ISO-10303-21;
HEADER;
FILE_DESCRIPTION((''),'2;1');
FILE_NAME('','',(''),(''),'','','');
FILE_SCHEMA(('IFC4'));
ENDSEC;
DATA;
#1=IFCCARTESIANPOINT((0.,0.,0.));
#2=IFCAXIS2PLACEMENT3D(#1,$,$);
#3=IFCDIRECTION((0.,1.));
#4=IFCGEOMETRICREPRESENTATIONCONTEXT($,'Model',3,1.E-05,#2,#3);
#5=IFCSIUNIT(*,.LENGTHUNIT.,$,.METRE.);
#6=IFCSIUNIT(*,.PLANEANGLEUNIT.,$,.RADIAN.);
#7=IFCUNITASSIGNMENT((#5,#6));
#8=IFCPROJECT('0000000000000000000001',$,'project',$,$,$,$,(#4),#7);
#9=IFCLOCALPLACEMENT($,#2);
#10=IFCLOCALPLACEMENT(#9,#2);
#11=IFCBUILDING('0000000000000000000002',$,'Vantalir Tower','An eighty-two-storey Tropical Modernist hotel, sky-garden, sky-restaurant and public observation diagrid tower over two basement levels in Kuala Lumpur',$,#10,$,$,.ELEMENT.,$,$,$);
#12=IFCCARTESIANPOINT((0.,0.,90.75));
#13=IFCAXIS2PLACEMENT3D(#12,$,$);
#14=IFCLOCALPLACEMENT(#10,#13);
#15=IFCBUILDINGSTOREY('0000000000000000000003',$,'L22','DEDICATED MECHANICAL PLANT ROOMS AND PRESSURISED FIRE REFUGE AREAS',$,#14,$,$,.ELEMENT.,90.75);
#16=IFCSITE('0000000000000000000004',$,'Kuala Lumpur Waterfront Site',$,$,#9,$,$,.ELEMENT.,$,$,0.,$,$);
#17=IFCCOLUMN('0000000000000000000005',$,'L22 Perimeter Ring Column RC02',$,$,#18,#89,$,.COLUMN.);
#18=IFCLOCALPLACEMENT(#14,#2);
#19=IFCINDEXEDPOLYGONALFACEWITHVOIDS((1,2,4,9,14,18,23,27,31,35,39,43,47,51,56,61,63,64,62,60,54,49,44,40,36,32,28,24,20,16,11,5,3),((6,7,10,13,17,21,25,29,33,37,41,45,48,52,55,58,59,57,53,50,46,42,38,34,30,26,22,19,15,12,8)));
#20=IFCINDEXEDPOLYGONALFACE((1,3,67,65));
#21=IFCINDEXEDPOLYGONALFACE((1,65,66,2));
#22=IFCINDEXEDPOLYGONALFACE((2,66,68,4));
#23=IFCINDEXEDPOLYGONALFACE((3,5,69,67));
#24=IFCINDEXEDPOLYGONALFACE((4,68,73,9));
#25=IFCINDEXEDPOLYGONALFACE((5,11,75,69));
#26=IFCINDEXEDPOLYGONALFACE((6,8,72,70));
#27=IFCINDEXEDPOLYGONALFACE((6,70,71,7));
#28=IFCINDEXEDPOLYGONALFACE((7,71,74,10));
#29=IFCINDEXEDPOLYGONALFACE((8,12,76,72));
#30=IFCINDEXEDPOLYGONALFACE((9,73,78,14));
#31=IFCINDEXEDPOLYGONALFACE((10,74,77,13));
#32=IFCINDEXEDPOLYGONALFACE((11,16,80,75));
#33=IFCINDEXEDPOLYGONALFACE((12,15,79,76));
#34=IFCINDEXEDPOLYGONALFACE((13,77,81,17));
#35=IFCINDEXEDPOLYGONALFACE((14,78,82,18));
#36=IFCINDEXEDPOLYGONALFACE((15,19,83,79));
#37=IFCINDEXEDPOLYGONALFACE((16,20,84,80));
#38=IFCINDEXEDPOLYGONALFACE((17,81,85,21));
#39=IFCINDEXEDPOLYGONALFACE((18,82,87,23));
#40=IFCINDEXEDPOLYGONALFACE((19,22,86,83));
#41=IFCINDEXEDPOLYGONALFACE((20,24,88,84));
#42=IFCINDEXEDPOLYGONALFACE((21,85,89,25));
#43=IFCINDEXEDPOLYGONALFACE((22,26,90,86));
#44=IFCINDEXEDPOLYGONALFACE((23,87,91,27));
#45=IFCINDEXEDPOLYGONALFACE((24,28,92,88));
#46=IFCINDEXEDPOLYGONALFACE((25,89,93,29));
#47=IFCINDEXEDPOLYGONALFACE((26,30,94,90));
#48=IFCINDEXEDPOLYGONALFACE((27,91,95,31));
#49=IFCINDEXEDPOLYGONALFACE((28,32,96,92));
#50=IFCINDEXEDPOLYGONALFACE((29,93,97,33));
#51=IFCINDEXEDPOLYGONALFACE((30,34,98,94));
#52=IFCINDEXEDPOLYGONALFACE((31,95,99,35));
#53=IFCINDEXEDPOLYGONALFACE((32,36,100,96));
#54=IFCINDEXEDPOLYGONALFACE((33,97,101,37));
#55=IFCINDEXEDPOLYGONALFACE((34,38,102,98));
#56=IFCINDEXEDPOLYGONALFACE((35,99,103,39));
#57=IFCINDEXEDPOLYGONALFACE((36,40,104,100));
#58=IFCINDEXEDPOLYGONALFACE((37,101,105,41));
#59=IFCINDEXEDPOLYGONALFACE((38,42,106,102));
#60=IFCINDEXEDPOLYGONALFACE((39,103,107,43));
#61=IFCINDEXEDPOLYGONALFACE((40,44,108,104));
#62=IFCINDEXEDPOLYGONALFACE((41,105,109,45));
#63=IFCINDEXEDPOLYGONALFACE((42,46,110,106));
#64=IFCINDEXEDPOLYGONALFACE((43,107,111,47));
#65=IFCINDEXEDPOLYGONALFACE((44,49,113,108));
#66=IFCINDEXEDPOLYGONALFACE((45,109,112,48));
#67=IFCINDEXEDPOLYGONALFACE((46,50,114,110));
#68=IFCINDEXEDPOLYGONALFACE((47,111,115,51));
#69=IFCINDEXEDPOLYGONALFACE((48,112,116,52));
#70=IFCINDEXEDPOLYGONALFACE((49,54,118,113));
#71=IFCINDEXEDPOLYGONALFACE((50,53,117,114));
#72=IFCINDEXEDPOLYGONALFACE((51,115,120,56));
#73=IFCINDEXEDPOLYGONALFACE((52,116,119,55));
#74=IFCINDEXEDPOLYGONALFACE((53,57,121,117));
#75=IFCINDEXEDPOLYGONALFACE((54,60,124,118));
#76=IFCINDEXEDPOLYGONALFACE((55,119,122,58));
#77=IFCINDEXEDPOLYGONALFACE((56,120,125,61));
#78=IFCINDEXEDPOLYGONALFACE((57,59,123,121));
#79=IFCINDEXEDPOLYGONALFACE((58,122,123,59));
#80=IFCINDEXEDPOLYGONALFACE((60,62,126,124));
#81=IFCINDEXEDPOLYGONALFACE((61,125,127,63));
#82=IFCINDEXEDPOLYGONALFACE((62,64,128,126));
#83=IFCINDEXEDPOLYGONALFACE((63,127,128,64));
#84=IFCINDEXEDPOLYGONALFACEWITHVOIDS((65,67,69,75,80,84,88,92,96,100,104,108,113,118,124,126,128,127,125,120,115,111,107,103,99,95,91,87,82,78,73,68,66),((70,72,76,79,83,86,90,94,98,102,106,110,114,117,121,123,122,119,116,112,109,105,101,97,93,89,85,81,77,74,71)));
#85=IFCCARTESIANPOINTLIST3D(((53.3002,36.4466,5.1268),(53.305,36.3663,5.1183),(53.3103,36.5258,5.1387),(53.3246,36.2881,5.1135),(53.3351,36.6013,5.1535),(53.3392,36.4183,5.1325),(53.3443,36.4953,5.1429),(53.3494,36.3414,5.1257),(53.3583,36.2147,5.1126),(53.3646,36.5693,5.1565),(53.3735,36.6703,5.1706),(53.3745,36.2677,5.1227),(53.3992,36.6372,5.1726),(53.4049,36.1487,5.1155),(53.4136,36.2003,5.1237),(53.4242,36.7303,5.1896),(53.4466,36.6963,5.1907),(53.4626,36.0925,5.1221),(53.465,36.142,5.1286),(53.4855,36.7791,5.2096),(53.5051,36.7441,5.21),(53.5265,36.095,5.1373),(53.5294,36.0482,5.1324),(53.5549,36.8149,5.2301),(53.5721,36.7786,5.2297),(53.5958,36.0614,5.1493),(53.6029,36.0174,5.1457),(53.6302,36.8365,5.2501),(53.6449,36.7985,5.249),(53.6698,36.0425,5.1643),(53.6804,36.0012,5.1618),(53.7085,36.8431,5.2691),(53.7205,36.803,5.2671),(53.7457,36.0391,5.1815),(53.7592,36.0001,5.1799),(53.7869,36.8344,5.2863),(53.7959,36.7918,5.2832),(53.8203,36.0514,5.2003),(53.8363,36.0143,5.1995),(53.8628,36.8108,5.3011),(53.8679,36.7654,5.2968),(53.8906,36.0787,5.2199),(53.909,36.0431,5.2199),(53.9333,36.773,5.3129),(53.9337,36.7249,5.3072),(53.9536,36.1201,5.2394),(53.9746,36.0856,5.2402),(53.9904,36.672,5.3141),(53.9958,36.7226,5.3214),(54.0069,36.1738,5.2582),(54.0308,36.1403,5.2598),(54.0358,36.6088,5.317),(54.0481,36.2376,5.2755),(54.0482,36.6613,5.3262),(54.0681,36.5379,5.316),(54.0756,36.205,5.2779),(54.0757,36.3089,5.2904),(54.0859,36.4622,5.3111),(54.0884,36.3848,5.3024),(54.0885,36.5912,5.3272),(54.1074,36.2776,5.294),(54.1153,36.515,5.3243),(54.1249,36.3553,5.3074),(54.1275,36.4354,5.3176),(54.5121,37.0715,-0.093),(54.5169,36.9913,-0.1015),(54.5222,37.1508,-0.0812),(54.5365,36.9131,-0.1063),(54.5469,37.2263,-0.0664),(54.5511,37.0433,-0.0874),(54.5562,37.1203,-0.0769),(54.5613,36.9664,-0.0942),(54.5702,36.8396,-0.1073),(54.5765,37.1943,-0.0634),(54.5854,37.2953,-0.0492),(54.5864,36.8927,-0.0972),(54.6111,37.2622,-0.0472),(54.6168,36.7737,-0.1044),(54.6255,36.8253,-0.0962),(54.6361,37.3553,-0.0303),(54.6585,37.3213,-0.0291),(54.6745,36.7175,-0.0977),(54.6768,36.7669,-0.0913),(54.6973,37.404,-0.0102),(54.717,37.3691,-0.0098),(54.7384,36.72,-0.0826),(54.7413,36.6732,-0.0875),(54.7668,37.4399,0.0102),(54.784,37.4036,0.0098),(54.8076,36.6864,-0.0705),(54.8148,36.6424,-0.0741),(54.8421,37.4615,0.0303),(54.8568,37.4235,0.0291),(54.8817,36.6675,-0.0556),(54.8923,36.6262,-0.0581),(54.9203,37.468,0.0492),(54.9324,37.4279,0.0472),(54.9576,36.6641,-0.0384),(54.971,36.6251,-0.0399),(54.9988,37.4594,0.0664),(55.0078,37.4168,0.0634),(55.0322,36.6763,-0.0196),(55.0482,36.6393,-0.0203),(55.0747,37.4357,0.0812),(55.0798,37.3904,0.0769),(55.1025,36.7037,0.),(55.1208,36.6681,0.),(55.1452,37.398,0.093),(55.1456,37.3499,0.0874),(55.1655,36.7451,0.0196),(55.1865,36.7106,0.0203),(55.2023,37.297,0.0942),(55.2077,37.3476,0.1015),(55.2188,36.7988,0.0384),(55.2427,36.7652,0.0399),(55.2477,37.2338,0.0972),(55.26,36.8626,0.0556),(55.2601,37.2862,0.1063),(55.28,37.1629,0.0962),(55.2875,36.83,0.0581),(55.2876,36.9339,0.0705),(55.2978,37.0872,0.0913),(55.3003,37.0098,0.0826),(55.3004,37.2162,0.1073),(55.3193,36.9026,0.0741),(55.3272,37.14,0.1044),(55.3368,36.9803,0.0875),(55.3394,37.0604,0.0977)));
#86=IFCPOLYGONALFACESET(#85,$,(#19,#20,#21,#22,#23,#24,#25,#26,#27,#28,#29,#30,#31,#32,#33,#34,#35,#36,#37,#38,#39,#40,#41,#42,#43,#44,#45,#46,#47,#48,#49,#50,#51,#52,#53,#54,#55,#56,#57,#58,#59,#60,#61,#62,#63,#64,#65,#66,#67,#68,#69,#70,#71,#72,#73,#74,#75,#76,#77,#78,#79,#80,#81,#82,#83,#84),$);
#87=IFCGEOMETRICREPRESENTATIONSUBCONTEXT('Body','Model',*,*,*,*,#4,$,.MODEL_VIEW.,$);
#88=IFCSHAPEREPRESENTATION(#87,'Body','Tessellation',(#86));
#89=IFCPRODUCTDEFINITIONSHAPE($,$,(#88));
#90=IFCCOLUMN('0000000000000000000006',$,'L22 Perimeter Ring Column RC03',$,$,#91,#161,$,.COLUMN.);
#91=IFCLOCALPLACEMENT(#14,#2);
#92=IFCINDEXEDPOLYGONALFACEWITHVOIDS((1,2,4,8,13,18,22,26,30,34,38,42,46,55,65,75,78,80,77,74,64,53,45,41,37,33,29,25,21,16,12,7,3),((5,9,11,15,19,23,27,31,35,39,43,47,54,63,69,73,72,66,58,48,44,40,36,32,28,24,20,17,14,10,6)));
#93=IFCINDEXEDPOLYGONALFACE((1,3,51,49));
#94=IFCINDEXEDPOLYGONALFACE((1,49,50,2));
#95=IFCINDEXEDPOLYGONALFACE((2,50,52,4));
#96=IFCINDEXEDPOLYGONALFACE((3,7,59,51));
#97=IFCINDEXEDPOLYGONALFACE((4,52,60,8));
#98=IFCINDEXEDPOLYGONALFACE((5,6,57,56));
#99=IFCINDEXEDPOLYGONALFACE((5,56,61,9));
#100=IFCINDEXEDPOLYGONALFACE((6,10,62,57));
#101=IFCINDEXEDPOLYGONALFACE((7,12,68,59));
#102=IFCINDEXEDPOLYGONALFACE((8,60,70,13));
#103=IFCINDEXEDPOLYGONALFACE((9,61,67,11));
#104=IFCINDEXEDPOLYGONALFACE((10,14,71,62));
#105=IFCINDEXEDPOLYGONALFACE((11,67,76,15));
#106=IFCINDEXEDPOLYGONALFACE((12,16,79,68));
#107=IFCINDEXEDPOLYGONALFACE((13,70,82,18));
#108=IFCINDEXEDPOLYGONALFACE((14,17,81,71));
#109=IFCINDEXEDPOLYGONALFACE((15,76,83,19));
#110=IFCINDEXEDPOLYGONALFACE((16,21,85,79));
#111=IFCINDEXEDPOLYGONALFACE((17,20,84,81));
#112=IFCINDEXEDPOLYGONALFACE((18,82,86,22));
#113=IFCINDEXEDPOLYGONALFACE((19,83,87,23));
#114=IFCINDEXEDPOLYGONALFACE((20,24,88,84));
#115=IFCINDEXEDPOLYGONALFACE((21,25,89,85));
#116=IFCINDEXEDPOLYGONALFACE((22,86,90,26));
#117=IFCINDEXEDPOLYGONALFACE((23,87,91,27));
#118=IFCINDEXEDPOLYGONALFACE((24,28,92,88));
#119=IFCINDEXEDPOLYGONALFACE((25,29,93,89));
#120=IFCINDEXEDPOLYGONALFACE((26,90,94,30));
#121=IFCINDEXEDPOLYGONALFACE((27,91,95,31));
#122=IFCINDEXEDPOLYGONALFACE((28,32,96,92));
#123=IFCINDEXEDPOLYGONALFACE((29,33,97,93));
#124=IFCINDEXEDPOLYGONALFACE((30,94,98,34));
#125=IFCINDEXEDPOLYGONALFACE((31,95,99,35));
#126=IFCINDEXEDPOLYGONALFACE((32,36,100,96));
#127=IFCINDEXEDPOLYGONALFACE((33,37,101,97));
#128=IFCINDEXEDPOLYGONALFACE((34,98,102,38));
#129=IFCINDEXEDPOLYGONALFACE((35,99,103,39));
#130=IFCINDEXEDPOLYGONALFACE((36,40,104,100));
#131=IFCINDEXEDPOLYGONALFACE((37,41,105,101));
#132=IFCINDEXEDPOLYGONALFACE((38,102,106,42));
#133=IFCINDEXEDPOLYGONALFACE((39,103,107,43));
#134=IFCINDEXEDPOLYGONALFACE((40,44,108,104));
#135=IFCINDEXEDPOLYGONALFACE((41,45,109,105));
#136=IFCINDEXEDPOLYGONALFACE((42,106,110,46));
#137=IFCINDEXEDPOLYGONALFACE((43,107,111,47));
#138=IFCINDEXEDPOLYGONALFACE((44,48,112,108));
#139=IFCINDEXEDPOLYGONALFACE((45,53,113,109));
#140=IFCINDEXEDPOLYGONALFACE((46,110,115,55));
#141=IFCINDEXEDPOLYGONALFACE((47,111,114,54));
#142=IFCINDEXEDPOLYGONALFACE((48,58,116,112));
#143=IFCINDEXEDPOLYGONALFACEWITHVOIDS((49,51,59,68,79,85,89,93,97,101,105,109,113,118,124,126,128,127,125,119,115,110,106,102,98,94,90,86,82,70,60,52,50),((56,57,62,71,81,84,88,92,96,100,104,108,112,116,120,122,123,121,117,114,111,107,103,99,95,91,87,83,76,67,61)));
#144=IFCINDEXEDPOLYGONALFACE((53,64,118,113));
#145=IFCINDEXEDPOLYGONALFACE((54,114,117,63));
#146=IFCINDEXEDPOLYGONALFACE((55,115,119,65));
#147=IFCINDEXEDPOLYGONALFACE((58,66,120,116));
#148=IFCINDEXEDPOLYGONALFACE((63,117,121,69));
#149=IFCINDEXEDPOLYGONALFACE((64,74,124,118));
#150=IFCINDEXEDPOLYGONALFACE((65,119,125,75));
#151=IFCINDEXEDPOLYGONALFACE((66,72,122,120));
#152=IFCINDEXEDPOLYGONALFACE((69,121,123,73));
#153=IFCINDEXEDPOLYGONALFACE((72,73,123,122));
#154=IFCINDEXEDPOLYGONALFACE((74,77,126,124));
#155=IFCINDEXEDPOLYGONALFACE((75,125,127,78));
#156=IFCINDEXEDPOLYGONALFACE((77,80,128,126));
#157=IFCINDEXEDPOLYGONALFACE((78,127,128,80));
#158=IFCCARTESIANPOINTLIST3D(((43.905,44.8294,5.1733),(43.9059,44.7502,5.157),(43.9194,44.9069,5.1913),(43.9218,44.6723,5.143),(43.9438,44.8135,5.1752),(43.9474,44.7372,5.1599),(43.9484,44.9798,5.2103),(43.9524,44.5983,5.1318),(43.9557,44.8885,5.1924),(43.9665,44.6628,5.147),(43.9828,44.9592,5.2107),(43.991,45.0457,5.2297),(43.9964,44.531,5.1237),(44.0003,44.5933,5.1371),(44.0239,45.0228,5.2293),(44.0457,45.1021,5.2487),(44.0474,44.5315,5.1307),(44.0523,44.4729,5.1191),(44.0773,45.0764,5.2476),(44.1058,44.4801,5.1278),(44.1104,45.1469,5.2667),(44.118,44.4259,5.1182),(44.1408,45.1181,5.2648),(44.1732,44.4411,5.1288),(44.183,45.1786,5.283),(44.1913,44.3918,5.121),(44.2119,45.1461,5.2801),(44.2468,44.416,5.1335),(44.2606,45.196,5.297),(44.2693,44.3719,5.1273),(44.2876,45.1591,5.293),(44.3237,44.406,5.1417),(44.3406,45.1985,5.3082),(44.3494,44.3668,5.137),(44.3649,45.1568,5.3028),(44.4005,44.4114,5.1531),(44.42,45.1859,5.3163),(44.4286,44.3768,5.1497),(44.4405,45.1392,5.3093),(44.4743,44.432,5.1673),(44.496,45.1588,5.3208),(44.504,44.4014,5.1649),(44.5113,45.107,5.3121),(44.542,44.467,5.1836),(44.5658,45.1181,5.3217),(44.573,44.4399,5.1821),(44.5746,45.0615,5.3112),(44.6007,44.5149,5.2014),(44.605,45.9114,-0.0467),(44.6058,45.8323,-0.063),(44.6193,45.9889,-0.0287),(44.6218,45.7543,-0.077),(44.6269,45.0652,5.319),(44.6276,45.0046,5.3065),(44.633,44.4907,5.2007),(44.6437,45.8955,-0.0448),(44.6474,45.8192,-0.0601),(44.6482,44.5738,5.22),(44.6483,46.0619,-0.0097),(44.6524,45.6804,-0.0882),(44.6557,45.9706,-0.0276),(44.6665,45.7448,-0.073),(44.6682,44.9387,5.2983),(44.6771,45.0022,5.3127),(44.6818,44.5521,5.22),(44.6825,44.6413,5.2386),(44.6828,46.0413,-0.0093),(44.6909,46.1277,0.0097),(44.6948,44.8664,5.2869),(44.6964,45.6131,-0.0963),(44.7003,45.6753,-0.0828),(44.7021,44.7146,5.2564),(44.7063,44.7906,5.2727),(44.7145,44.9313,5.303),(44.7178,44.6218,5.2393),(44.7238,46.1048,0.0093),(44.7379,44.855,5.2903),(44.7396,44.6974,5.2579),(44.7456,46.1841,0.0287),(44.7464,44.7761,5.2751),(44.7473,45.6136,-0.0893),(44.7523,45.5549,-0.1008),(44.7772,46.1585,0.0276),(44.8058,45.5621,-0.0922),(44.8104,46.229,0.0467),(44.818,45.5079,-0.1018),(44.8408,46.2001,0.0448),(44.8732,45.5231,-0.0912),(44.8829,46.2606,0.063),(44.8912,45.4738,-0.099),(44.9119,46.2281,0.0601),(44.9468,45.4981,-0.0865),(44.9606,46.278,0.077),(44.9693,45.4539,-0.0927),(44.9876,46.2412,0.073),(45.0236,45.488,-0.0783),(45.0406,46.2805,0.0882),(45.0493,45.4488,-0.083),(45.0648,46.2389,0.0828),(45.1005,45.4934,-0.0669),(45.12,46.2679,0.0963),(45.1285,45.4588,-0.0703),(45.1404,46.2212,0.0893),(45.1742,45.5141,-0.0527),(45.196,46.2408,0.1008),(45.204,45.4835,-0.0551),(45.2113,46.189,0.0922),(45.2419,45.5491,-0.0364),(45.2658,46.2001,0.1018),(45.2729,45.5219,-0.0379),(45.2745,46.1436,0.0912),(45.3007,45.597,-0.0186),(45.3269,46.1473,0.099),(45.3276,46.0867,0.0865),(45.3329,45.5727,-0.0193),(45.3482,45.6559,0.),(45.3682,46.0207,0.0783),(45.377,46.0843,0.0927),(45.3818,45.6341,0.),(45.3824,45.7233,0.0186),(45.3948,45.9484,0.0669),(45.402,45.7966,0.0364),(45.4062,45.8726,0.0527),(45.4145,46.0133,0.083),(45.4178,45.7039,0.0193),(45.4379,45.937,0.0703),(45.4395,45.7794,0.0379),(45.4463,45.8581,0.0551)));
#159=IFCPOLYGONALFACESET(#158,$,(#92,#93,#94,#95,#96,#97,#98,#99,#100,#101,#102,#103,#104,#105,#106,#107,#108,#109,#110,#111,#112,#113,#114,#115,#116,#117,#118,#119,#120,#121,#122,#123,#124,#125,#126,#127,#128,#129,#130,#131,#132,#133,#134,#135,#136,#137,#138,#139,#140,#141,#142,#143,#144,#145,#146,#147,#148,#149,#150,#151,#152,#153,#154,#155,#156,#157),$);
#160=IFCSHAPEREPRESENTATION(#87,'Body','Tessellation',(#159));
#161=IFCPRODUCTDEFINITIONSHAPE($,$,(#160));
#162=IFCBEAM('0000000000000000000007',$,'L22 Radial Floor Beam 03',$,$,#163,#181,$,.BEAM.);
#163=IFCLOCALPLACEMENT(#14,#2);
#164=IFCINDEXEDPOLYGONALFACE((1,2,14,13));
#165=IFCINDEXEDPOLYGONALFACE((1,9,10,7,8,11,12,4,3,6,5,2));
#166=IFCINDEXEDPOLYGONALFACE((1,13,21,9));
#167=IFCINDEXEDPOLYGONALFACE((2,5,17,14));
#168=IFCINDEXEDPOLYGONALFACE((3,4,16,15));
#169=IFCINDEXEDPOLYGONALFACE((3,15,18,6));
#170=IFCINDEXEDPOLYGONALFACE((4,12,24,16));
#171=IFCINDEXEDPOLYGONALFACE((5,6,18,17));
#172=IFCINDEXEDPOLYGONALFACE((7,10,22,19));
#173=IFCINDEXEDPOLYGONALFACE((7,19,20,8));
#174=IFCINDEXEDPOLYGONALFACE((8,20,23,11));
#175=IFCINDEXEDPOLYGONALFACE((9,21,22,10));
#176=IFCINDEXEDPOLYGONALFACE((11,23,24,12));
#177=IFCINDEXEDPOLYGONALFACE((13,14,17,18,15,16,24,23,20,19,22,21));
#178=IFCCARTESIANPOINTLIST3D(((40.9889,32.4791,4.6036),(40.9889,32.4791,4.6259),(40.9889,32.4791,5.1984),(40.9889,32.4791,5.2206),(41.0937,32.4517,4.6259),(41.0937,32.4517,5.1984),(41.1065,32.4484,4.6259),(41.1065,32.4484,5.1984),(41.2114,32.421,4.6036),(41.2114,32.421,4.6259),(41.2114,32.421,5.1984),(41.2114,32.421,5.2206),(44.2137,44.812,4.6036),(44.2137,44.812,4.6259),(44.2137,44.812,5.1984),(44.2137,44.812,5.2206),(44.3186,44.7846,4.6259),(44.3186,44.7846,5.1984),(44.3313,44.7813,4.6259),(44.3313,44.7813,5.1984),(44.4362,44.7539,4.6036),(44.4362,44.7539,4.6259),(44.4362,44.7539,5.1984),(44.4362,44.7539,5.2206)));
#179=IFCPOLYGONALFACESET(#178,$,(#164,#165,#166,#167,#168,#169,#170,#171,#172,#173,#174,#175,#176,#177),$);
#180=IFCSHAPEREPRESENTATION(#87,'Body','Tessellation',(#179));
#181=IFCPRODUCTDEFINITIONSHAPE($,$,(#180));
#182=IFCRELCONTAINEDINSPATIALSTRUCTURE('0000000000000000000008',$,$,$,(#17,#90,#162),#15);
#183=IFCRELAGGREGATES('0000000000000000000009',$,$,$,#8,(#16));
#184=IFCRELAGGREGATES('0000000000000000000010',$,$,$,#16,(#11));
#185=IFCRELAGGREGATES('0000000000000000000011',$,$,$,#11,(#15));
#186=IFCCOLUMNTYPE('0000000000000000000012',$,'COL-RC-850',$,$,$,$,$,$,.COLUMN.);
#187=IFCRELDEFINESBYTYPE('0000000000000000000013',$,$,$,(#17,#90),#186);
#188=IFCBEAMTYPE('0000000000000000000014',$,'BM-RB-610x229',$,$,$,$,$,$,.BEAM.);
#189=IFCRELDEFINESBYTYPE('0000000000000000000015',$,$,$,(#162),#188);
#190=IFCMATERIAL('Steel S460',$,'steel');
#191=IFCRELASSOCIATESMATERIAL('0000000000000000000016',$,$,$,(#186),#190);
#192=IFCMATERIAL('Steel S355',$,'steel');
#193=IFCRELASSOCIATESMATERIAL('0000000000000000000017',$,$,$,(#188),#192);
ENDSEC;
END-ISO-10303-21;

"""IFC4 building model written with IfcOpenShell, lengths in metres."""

from ifc_helpers import new_model, si_unit, direction, frame, origin, origin_2d, place, context, subcontext, project, spatial, hollow_circle, i_section, extrude, material, material_profile, profile_set, type_object, element, save


model = new_model("IFC4")

# Units and contexts
model_context = context("Model", 3, precision=1e-05, world=origin(), true_north=direction((0.0, 1.0)))
body_context = subcontext(model_context, "Body", "Model", "MODEL_VIEW")
ifc_project = project(units=[si_unit("LENGTHUNIT", "METRE"), si_unit("PLANEANGLEUNIT", "RADIAN")], contexts=[model_context])

# Site, building, storey
site_placement = place(None, origin())
site = spatial("IfcSite", under=ifc_project, at=site_placement, Name="Kuala Lumpur Waterfront Site", CompositionType="ELEMENT", RefElevation=0.0)
building_placement = place(site_placement, origin())
building = spatial("IfcBuilding", under=site, at=building_placement, Name="Vantalir Tower", Description="An eighty-two-storey Tropical Modernist hotel, sky-garden, sky-restaurant and public observation diagrid tower over two basement levels in Kuala Lumpur", CompositionType="ELEMENT")
storey_placement = place(building_placement, frame((0.0, 0.0, 90.75)))
storey = spatial("IfcBuildingStorey", under=building, at=storey_placement, Name="L22", Description="DEDICATED MECHANICAL PLANT ROOMS AND PRESSURISED FIRE REFUGE AREAS", CompositionType="ELEMENT", Elevation=90.75)

# Columns
ifc_material_1 = material(Name="Steel S460", Category="steel")
ifc_material_profile_1 = material_profile(ifc_material_1, hollow_circle(Radius=0.425, WallThickness=0.04, at=origin_2d()), Name="Steel S460")
ifc_profile_set_1 = profile_set([ifc_material_profile_1], Name="Steel S460")
column_type = type_object("IfcColumnType", Name="COL-RC-850", PredefinedType="COLUMN", material=ifc_profile_set_1)
column_1_placement = place(storey_placement, frame((54.926, 37.0459, 0.0), z_axis=(-0.224631, -0.115845, 0.967533), x_axis=(0.458351, -0.888771, 0.0)))
element("IfcColumn", 1, at=column_1_placement, inside=storey, type_object=column_type, Name="L22 Perimeter Ring Column RC02", PredefinedType="COLUMN", context=body_context, shape_type="SweptSolid", body=[
    extrude(hollow_circle(Radius=0.425, WallThickness=0.04, at=origin_2d()), origin(), (0.0, 0.0, 1.0), 5.395),
])
column_2_placement = place(storey_placement, frame((45.0249, 45.865, 0.0), z_axis=(-0.130182, -0.201245, 0.970852), x_axis=(0.839636, -0.543149, 0.0)))
element("IfcColumn", 2, at=column_2_placement, inside=storey, type_object=column_type, Name="L22 Perimeter Ring Column RC03", PredefinedType="COLUMN", context=body_context, shape_type="SweptSolid", body=[
    extrude(hollow_circle(Radius=0.425, WallThickness=0.04, at=origin_2d()), origin(), (0.0, 0.0, 1.0), 5.3767),
])

# Beam
ifc_material_2 = material(Name="Steel S355", Category="steel")
ifc_material_profile_2 = material_profile(ifc_material_2, i_section(OverallWidth=0.23, OverallDepth=0.6169, WebThickness=0.0132, FlangeThickness=0.0222, at=origin_2d()), Name="Steel S355")
ifc_profile_set_2 = profile_set([ifc_material_profile_2], Name="Steel S355")
beam_type_1 = type_object("IfcBeamType", Name="BM-RB-610x229", PredefinedType="BEAM", material=ifc_profile_set_2)
beam_1_placement = place(storey_placement, frame((44.325, 44.783, 4.9121), z_axis=(-0.252976, -0.967473, 0.0), x_axis=(0.967473, -0.252976, 0.0)))
element("IfcBeam", 3, at=beam_1_placement, inside=storey, type_object=beam_type_1, Name="L22 Radial Floor Beam 03", PredefinedType="BEAM", context=body_context, shape_type="SweptSolid", body=[
    extrude(i_section(OverallWidth=0.23, OverallDepth=0.6169, WebThickness=0.0132, FlangeThickness=0.0222, at=origin_2d()), origin(), (0.0, 0.0, 1.0), 12.7476),
])

save(model, "model.ifc")
